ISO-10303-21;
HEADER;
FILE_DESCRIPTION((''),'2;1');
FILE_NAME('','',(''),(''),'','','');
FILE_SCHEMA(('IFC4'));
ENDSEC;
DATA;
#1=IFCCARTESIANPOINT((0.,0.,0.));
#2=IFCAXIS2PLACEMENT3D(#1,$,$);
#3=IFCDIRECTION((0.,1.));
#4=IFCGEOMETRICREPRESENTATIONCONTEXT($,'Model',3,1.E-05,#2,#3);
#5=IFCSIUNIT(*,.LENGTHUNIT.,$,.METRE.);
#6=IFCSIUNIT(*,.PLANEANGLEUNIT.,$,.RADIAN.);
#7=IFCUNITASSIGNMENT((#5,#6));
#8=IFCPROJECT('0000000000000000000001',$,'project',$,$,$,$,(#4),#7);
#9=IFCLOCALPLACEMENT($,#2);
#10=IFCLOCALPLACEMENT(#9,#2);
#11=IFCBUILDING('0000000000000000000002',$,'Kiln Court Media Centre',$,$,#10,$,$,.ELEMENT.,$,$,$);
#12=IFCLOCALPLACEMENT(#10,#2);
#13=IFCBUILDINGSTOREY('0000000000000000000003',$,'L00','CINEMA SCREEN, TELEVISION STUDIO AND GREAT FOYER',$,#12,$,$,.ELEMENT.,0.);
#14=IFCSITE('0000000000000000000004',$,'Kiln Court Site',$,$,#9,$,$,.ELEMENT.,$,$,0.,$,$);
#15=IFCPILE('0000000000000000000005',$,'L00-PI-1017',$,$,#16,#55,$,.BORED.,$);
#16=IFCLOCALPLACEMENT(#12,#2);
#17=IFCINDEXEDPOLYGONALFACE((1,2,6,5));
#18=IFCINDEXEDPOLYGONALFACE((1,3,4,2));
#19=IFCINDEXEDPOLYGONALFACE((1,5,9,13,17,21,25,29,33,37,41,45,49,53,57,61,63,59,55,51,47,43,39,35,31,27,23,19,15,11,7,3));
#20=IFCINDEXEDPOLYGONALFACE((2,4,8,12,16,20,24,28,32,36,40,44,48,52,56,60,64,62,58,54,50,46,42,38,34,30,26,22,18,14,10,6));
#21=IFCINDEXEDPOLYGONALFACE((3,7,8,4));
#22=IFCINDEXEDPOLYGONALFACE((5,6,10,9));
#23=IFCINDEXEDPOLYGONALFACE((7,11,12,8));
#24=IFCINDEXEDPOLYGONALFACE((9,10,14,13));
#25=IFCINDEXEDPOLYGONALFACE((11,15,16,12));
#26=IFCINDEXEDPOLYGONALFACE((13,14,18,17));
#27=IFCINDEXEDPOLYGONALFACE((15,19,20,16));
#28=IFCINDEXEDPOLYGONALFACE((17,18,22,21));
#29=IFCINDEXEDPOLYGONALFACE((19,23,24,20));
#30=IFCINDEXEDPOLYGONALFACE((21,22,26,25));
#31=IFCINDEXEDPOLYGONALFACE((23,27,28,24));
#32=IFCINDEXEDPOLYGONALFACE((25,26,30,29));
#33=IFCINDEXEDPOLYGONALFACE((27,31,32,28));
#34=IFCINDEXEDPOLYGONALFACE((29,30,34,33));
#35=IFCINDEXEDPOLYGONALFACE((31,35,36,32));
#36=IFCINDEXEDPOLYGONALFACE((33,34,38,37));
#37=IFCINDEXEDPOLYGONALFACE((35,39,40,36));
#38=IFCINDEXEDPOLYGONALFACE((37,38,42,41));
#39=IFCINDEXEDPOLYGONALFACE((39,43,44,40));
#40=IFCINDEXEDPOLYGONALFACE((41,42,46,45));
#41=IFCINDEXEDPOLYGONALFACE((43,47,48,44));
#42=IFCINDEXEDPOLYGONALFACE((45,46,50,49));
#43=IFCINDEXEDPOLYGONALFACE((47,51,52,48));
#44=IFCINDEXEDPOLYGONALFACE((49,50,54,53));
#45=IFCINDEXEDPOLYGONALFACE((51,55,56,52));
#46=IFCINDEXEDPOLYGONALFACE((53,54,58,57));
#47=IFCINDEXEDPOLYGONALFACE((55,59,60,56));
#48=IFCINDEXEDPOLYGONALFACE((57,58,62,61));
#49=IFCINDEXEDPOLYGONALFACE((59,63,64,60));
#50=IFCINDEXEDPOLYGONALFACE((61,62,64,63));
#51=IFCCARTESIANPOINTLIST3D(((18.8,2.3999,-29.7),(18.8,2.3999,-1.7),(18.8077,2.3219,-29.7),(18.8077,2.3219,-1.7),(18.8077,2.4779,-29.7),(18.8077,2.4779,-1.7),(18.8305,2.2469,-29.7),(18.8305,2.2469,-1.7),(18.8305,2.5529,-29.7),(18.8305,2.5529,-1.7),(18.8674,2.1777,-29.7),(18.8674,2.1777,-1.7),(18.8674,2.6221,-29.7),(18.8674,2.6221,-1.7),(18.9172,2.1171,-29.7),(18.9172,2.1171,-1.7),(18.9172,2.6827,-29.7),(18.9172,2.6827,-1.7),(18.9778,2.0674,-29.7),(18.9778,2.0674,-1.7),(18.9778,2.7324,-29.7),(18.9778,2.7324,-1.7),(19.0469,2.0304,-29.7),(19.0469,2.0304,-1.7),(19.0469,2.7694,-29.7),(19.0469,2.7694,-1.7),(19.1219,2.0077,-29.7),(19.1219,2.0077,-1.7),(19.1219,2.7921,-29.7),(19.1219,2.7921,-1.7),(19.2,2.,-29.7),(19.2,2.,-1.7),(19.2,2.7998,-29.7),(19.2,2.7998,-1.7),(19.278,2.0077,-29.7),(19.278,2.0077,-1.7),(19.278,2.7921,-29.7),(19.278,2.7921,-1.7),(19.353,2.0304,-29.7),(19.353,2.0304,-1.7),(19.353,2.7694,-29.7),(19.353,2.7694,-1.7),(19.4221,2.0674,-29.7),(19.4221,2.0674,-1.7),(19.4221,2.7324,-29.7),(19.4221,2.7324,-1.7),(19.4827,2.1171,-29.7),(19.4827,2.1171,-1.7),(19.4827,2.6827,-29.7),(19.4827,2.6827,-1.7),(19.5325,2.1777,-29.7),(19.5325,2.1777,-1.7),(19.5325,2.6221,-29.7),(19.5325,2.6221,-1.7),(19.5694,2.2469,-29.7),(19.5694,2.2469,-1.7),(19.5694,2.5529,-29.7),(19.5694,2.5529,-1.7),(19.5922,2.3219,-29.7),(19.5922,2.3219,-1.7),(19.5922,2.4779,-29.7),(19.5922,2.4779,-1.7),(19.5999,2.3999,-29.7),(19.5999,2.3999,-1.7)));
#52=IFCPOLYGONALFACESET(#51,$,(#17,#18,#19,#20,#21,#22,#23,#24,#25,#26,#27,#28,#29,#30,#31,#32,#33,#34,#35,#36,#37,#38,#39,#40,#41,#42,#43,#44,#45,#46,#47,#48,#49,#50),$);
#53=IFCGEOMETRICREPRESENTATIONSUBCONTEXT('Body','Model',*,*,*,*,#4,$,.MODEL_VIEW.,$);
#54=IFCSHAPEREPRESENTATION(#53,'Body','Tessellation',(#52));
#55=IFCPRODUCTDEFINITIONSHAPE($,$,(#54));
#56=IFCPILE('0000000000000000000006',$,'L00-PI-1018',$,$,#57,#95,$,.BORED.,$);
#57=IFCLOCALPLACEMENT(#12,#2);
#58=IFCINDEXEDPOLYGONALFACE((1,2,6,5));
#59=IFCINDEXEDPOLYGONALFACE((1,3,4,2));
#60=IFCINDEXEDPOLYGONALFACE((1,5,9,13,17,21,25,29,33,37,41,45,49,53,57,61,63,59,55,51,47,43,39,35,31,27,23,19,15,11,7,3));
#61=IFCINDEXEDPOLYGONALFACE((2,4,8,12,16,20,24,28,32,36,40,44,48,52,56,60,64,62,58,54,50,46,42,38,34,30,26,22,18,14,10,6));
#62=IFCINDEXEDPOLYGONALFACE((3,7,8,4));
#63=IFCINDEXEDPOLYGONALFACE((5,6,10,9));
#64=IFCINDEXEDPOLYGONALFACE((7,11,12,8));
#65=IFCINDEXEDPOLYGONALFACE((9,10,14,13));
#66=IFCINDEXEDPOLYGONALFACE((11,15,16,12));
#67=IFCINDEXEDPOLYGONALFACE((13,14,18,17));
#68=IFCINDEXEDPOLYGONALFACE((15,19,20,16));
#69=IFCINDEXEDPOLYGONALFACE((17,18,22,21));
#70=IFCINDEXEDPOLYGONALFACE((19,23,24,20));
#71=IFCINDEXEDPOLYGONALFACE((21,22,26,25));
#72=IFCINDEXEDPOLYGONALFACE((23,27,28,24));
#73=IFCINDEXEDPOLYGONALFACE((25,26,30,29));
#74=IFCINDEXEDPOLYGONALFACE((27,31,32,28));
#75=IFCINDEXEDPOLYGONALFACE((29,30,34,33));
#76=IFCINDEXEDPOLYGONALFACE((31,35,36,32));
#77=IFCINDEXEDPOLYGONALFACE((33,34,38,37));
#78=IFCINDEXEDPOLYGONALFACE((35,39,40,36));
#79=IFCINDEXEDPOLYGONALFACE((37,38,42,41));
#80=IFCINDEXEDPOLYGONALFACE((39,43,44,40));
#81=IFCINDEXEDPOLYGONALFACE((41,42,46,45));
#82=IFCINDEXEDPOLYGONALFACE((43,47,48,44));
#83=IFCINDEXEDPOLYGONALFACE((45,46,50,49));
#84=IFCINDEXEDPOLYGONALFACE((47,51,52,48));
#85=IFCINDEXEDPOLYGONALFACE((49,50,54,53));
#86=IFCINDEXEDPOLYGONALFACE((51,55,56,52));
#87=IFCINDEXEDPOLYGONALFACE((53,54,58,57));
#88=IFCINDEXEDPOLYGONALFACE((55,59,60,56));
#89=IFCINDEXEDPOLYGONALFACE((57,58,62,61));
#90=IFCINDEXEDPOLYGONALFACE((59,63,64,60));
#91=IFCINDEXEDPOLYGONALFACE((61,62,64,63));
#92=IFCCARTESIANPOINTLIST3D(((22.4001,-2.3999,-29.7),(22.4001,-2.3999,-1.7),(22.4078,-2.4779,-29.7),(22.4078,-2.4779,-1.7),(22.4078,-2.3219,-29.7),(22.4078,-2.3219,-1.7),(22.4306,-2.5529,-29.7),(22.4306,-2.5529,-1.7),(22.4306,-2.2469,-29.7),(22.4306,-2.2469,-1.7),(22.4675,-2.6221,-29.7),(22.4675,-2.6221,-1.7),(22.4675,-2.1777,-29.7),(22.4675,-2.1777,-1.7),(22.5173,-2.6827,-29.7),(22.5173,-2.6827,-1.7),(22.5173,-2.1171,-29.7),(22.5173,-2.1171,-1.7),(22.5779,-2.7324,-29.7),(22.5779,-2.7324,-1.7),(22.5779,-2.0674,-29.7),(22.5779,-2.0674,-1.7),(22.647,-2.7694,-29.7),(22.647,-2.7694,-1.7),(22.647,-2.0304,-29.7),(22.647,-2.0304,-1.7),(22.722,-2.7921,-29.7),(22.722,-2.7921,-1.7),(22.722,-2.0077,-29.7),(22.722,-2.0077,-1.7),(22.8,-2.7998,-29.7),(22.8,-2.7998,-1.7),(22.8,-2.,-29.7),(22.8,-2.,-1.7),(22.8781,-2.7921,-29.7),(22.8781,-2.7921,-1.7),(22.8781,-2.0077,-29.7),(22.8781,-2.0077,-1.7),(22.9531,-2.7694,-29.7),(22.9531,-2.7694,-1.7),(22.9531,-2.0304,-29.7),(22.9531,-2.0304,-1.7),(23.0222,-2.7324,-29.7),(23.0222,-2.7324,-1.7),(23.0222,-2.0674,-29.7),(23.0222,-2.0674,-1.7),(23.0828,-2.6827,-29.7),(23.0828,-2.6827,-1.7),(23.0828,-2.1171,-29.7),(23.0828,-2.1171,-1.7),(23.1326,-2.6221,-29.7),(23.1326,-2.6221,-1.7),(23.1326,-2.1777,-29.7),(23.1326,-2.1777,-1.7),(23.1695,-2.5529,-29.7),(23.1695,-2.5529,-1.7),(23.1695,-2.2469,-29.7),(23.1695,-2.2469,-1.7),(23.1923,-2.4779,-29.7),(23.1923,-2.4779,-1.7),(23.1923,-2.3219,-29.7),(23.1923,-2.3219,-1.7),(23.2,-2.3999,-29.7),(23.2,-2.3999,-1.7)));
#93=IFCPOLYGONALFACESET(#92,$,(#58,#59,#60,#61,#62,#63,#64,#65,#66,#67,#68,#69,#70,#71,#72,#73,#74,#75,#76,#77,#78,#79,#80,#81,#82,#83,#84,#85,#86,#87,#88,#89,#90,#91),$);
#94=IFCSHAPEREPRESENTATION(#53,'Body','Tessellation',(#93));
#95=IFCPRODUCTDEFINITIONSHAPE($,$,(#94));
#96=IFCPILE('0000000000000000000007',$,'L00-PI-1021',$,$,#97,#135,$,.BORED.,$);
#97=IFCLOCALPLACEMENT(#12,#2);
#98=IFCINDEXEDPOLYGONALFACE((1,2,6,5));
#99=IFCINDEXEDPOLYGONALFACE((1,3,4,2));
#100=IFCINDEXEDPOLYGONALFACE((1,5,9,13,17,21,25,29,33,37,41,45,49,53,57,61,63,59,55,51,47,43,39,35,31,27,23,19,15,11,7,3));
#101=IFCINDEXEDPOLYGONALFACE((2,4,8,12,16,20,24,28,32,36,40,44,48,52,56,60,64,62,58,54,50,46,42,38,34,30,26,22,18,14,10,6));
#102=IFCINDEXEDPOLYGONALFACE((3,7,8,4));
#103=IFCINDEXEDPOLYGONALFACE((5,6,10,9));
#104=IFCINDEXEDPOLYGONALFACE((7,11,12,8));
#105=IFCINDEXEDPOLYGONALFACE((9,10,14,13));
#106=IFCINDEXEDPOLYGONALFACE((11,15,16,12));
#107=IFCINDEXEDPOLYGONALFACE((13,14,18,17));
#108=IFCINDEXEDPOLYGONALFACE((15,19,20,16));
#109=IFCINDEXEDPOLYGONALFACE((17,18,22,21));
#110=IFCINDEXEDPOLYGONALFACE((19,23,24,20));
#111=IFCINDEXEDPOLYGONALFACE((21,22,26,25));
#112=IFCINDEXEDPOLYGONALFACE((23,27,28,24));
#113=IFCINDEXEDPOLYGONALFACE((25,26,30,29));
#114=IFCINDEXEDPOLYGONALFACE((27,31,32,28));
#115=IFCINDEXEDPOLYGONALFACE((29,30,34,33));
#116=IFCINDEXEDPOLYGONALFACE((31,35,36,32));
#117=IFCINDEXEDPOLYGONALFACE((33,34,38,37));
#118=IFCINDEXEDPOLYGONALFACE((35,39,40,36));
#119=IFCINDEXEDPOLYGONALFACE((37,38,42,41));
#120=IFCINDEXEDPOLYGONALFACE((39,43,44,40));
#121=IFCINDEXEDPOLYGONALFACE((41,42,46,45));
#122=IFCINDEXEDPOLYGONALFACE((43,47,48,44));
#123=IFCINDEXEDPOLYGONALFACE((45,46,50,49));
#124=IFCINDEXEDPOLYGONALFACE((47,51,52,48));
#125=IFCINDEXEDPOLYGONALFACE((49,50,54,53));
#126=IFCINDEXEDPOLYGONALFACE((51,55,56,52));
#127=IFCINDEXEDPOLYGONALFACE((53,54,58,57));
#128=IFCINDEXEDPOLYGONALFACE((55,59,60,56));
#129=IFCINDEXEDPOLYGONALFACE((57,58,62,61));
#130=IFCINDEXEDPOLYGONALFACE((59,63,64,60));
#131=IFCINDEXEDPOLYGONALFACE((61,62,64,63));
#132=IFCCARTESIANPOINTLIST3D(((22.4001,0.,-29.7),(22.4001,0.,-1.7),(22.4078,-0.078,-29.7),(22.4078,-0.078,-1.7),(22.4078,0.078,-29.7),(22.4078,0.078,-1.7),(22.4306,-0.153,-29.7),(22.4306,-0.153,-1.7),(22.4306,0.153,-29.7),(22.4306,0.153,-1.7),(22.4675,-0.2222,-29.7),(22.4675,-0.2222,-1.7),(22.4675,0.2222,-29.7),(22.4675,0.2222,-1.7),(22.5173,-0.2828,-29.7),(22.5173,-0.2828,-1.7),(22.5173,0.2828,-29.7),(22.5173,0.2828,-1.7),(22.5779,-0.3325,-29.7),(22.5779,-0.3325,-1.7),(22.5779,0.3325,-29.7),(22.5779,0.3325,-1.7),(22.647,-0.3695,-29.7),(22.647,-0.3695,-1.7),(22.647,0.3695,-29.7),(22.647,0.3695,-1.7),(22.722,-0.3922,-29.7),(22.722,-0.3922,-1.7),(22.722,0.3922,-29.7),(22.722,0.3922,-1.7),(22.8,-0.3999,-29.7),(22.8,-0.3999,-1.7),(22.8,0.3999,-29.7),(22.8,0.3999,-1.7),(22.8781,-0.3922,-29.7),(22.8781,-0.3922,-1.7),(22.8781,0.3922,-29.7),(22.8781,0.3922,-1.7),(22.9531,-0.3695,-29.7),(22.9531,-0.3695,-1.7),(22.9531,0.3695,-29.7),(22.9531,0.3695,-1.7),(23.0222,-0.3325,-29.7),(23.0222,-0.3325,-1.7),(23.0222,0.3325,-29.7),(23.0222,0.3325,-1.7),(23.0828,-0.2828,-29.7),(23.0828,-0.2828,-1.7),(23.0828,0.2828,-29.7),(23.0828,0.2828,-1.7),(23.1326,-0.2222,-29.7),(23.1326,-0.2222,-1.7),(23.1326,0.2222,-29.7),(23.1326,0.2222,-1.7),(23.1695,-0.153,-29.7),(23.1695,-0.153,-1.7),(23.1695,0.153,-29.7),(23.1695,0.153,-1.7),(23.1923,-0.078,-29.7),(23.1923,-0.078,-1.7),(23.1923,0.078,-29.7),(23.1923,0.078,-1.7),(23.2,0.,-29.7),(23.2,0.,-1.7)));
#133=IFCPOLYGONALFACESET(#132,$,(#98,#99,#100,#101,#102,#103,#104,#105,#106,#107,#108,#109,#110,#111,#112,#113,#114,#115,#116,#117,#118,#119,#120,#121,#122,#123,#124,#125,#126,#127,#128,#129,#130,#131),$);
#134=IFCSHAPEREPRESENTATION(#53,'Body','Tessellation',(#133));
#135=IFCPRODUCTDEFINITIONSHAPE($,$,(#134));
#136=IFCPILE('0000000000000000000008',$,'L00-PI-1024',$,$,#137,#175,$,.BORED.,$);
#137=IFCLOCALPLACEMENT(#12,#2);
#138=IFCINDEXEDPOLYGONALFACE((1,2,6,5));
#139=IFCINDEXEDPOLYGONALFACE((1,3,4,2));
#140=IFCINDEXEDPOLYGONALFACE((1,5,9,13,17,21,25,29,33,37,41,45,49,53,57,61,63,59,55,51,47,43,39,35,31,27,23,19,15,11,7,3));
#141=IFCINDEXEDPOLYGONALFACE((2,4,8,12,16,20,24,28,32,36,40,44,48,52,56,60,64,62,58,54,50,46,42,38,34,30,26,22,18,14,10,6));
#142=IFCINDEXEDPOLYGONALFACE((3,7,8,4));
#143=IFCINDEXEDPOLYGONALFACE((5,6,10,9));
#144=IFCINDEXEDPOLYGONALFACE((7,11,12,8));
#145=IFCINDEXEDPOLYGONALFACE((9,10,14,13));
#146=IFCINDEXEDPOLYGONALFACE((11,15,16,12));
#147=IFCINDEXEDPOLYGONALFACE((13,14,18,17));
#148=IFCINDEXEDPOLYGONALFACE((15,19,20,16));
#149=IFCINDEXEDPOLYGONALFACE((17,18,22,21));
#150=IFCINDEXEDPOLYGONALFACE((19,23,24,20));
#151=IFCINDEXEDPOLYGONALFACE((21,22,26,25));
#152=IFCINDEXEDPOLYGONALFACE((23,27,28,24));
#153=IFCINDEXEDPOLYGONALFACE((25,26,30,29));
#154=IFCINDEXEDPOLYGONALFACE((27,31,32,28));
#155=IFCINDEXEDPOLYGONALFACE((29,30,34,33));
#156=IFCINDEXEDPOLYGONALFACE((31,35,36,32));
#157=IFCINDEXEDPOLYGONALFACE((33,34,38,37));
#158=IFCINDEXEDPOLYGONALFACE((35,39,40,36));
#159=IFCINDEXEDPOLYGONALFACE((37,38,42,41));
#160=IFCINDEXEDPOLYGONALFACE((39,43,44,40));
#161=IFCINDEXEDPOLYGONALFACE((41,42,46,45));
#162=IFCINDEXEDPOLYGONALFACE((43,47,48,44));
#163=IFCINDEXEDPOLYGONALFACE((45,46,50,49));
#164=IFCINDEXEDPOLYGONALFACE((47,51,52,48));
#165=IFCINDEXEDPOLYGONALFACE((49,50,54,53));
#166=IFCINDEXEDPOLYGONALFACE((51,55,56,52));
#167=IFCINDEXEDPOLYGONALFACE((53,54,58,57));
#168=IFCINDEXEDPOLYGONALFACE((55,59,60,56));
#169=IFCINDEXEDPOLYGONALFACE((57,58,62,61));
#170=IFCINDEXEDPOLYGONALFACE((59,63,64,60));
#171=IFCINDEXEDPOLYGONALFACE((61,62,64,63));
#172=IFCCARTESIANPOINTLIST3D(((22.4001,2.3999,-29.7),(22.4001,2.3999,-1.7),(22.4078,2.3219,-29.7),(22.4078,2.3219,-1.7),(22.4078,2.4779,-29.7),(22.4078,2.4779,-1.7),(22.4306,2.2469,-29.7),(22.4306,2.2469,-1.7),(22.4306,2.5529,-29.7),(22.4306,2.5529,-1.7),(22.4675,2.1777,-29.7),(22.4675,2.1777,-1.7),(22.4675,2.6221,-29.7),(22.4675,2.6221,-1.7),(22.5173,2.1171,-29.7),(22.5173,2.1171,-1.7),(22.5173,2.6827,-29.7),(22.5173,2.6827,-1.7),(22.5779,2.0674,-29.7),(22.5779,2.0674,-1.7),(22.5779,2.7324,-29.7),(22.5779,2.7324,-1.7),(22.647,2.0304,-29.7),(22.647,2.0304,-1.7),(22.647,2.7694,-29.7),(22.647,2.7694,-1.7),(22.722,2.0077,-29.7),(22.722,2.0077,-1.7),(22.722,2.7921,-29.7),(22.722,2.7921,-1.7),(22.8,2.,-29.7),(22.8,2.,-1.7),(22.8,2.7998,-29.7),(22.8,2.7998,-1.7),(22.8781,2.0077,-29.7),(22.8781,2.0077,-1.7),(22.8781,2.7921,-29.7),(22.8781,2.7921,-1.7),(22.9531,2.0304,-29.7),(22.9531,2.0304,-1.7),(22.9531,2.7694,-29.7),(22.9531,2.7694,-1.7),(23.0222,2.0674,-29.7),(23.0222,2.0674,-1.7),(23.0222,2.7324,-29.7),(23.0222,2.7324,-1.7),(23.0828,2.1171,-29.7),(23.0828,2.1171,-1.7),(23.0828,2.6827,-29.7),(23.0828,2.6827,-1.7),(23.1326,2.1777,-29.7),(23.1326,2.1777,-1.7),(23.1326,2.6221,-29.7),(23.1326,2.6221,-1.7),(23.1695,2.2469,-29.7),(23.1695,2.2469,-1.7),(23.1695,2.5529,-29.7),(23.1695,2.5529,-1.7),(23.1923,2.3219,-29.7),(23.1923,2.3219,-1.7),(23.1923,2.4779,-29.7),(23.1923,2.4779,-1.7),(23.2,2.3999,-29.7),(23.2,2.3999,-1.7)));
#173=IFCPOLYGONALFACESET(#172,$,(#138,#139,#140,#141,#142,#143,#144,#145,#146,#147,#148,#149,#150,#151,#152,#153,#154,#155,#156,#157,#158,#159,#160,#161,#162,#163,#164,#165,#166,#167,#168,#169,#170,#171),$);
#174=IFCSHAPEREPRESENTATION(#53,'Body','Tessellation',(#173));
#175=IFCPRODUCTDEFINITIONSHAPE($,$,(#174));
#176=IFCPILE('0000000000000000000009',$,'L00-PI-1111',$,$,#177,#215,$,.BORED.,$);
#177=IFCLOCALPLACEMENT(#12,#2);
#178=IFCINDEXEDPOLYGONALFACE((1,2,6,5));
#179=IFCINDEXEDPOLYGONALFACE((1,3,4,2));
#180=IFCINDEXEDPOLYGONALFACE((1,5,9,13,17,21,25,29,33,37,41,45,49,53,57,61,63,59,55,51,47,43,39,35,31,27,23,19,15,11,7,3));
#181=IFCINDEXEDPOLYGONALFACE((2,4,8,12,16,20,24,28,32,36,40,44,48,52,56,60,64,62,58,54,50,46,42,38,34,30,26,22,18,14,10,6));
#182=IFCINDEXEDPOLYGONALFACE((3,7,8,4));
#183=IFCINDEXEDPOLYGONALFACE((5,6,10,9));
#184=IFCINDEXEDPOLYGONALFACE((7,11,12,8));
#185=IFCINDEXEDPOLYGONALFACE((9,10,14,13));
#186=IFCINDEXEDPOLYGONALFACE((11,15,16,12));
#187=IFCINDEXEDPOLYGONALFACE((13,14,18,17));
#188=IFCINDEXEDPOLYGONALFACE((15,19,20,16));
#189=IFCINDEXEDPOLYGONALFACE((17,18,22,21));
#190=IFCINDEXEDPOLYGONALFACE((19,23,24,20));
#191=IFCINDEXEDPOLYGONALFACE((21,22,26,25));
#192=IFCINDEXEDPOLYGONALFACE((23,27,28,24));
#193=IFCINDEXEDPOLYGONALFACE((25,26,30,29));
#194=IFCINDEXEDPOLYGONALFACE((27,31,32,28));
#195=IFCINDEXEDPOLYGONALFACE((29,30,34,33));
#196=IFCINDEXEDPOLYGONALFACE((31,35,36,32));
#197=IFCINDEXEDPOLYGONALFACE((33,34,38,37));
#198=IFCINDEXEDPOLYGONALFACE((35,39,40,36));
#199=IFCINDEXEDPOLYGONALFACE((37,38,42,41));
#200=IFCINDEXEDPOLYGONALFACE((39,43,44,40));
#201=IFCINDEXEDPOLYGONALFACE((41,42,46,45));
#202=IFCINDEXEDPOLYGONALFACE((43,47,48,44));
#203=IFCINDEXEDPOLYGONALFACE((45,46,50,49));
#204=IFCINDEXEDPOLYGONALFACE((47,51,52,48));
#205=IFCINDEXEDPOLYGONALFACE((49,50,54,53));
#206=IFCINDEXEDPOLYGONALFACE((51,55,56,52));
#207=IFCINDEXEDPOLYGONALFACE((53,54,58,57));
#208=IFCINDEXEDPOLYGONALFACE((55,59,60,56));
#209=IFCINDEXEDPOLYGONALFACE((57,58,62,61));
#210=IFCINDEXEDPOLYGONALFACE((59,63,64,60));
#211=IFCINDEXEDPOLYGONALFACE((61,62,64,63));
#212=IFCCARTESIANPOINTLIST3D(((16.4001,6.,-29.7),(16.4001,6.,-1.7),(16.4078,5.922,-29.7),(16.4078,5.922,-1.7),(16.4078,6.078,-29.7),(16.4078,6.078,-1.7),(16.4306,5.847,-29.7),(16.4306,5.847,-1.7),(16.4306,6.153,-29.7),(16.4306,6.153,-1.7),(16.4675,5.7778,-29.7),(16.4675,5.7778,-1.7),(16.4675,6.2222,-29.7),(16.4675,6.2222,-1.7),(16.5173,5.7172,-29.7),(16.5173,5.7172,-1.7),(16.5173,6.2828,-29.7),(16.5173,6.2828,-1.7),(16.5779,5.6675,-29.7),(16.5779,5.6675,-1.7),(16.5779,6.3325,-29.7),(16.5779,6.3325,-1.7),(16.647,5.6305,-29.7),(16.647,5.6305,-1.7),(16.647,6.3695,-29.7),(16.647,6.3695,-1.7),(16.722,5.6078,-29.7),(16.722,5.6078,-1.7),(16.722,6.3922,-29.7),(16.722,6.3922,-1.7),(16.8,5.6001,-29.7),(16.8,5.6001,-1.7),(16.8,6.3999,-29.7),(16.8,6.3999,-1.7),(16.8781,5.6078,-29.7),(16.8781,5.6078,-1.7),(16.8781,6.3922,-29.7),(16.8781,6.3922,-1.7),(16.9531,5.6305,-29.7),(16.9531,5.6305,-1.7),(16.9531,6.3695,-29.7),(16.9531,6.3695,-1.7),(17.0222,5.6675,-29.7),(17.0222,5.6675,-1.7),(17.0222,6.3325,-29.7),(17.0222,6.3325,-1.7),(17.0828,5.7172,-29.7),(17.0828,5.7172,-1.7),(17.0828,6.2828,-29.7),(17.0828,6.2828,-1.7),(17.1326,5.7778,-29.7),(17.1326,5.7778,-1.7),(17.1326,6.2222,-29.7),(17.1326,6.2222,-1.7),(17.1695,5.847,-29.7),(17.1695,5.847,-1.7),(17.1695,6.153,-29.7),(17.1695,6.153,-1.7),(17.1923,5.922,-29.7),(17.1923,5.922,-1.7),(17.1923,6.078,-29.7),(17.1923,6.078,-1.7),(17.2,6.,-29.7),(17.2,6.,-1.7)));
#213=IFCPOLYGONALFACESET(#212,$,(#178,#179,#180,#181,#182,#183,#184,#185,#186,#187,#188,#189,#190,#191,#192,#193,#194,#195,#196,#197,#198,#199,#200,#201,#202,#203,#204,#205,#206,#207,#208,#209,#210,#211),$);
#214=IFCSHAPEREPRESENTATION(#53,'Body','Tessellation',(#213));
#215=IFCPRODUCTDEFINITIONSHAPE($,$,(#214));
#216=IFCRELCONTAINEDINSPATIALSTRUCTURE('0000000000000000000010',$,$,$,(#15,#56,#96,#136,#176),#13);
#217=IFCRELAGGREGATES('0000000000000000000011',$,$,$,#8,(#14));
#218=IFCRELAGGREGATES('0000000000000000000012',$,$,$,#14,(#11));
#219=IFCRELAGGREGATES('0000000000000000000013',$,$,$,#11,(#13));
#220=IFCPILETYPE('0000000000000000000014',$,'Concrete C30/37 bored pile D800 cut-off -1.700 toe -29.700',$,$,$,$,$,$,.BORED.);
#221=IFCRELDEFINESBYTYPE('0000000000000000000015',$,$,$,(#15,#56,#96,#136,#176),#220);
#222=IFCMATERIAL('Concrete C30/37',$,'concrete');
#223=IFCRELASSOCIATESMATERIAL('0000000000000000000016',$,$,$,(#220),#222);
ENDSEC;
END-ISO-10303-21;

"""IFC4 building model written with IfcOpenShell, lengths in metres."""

from ifc_helpers import new_model, si_unit, direction, frame, origin, origin_2d, place, context, subcontext, project, spatial, circle, extrude, material, material_profile, profile_set, type_object, element, save


model = new_model("IFC4")

# Units and contexts
model_context = context("Model", 3, precision=1e-05, world=origin(), true_north=direction((0.0, 1.0)))
body_context = subcontext(model_context, "Body", "Model", "MODEL_VIEW")
ifc_project = project(units=[si_unit("LENGTHUNIT", "METRE"), si_unit("PLANEANGLEUNIT", "RADIAN")], contexts=[model_context])

# Site, building, storey
site_placement = place(None, origin())
site = spatial("IfcSite", under=ifc_project, at=site_placement, Name="Kiln Court Site", CompositionType="ELEMENT", RefElevation=0.0)
building_placement = place(site_placement, origin())
building = spatial("IfcBuilding", under=site, at=building_placement, Name="Kiln Court Media Centre", CompositionType="ELEMENT")
storey_placement = place(building_placement, origin())
storey = spatial("IfcBuildingStorey", under=building, at=storey_placement, Name="L00", Description="CINEMA SCREEN, TELEVISION STUDIO AND GREAT FOYER", CompositionType="ELEMENT", Elevation=0.0)

# Piles
ifc_material_1 = material(Name="Concrete C30/37", Category="concrete")
ifc_material_profile_1 = material_profile(ifc_material_1, circle(Radius=0.3999, at=origin_2d()), Name="PILE D800")
ifc_profile_set_1 = profile_set([ifc_material_profile_1], Name="Concrete C30/37")
pile_type = type_object("IfcPileType", Name="Concrete C30/37 bored pile D800 cut-off -1.700 toe -29.700", PredefinedType="BORED", material=ifc_profile_set_1)
for number, where, z_axis, x_axis, name in (
    (1, (19.2, 2.3999, -1.7), (0.0, 0.0, -1.0), (1.0, 0.0, 0.0), "L00-PI-1017"),
    (2, (22.8, -2.3999, -1.7), (0.0, 0.0, -1.0), (1.0, 0.0, 0.0), "L00-PI-1018"),
    (3, (22.8, 0.0, -1.7), (0.0, 0.0, -1.0), (1.0, 0.0, 0.0), "L00-PI-1021"),
    (4, (22.8, 2.3999, -1.7), (0.0, 0.0, -1.0), (1.0, 0.0, 0.0), "L00-PI-1024"),
    (5, (16.8, 6.0, -1.7), (0.0, 0.0, -1.0), (1.0, 0.0, 0.0), "L00-PI-1111"),
):
    element("IfcPile", number, at=place(storey_placement, frame(where, z_axis=z_axis, x_axis=x_axis)), inside=storey, type_object=pile_type, Name=name, PredefinedType="BORED", context=body_context, shape_type="SweptSolid", body=[
        extrude(circle(Radius=0.3999, at=origin_2d()), origin(), (0.0, 0.0, 1.0), 28.0),
    ])

save(model, "model.ifc")
